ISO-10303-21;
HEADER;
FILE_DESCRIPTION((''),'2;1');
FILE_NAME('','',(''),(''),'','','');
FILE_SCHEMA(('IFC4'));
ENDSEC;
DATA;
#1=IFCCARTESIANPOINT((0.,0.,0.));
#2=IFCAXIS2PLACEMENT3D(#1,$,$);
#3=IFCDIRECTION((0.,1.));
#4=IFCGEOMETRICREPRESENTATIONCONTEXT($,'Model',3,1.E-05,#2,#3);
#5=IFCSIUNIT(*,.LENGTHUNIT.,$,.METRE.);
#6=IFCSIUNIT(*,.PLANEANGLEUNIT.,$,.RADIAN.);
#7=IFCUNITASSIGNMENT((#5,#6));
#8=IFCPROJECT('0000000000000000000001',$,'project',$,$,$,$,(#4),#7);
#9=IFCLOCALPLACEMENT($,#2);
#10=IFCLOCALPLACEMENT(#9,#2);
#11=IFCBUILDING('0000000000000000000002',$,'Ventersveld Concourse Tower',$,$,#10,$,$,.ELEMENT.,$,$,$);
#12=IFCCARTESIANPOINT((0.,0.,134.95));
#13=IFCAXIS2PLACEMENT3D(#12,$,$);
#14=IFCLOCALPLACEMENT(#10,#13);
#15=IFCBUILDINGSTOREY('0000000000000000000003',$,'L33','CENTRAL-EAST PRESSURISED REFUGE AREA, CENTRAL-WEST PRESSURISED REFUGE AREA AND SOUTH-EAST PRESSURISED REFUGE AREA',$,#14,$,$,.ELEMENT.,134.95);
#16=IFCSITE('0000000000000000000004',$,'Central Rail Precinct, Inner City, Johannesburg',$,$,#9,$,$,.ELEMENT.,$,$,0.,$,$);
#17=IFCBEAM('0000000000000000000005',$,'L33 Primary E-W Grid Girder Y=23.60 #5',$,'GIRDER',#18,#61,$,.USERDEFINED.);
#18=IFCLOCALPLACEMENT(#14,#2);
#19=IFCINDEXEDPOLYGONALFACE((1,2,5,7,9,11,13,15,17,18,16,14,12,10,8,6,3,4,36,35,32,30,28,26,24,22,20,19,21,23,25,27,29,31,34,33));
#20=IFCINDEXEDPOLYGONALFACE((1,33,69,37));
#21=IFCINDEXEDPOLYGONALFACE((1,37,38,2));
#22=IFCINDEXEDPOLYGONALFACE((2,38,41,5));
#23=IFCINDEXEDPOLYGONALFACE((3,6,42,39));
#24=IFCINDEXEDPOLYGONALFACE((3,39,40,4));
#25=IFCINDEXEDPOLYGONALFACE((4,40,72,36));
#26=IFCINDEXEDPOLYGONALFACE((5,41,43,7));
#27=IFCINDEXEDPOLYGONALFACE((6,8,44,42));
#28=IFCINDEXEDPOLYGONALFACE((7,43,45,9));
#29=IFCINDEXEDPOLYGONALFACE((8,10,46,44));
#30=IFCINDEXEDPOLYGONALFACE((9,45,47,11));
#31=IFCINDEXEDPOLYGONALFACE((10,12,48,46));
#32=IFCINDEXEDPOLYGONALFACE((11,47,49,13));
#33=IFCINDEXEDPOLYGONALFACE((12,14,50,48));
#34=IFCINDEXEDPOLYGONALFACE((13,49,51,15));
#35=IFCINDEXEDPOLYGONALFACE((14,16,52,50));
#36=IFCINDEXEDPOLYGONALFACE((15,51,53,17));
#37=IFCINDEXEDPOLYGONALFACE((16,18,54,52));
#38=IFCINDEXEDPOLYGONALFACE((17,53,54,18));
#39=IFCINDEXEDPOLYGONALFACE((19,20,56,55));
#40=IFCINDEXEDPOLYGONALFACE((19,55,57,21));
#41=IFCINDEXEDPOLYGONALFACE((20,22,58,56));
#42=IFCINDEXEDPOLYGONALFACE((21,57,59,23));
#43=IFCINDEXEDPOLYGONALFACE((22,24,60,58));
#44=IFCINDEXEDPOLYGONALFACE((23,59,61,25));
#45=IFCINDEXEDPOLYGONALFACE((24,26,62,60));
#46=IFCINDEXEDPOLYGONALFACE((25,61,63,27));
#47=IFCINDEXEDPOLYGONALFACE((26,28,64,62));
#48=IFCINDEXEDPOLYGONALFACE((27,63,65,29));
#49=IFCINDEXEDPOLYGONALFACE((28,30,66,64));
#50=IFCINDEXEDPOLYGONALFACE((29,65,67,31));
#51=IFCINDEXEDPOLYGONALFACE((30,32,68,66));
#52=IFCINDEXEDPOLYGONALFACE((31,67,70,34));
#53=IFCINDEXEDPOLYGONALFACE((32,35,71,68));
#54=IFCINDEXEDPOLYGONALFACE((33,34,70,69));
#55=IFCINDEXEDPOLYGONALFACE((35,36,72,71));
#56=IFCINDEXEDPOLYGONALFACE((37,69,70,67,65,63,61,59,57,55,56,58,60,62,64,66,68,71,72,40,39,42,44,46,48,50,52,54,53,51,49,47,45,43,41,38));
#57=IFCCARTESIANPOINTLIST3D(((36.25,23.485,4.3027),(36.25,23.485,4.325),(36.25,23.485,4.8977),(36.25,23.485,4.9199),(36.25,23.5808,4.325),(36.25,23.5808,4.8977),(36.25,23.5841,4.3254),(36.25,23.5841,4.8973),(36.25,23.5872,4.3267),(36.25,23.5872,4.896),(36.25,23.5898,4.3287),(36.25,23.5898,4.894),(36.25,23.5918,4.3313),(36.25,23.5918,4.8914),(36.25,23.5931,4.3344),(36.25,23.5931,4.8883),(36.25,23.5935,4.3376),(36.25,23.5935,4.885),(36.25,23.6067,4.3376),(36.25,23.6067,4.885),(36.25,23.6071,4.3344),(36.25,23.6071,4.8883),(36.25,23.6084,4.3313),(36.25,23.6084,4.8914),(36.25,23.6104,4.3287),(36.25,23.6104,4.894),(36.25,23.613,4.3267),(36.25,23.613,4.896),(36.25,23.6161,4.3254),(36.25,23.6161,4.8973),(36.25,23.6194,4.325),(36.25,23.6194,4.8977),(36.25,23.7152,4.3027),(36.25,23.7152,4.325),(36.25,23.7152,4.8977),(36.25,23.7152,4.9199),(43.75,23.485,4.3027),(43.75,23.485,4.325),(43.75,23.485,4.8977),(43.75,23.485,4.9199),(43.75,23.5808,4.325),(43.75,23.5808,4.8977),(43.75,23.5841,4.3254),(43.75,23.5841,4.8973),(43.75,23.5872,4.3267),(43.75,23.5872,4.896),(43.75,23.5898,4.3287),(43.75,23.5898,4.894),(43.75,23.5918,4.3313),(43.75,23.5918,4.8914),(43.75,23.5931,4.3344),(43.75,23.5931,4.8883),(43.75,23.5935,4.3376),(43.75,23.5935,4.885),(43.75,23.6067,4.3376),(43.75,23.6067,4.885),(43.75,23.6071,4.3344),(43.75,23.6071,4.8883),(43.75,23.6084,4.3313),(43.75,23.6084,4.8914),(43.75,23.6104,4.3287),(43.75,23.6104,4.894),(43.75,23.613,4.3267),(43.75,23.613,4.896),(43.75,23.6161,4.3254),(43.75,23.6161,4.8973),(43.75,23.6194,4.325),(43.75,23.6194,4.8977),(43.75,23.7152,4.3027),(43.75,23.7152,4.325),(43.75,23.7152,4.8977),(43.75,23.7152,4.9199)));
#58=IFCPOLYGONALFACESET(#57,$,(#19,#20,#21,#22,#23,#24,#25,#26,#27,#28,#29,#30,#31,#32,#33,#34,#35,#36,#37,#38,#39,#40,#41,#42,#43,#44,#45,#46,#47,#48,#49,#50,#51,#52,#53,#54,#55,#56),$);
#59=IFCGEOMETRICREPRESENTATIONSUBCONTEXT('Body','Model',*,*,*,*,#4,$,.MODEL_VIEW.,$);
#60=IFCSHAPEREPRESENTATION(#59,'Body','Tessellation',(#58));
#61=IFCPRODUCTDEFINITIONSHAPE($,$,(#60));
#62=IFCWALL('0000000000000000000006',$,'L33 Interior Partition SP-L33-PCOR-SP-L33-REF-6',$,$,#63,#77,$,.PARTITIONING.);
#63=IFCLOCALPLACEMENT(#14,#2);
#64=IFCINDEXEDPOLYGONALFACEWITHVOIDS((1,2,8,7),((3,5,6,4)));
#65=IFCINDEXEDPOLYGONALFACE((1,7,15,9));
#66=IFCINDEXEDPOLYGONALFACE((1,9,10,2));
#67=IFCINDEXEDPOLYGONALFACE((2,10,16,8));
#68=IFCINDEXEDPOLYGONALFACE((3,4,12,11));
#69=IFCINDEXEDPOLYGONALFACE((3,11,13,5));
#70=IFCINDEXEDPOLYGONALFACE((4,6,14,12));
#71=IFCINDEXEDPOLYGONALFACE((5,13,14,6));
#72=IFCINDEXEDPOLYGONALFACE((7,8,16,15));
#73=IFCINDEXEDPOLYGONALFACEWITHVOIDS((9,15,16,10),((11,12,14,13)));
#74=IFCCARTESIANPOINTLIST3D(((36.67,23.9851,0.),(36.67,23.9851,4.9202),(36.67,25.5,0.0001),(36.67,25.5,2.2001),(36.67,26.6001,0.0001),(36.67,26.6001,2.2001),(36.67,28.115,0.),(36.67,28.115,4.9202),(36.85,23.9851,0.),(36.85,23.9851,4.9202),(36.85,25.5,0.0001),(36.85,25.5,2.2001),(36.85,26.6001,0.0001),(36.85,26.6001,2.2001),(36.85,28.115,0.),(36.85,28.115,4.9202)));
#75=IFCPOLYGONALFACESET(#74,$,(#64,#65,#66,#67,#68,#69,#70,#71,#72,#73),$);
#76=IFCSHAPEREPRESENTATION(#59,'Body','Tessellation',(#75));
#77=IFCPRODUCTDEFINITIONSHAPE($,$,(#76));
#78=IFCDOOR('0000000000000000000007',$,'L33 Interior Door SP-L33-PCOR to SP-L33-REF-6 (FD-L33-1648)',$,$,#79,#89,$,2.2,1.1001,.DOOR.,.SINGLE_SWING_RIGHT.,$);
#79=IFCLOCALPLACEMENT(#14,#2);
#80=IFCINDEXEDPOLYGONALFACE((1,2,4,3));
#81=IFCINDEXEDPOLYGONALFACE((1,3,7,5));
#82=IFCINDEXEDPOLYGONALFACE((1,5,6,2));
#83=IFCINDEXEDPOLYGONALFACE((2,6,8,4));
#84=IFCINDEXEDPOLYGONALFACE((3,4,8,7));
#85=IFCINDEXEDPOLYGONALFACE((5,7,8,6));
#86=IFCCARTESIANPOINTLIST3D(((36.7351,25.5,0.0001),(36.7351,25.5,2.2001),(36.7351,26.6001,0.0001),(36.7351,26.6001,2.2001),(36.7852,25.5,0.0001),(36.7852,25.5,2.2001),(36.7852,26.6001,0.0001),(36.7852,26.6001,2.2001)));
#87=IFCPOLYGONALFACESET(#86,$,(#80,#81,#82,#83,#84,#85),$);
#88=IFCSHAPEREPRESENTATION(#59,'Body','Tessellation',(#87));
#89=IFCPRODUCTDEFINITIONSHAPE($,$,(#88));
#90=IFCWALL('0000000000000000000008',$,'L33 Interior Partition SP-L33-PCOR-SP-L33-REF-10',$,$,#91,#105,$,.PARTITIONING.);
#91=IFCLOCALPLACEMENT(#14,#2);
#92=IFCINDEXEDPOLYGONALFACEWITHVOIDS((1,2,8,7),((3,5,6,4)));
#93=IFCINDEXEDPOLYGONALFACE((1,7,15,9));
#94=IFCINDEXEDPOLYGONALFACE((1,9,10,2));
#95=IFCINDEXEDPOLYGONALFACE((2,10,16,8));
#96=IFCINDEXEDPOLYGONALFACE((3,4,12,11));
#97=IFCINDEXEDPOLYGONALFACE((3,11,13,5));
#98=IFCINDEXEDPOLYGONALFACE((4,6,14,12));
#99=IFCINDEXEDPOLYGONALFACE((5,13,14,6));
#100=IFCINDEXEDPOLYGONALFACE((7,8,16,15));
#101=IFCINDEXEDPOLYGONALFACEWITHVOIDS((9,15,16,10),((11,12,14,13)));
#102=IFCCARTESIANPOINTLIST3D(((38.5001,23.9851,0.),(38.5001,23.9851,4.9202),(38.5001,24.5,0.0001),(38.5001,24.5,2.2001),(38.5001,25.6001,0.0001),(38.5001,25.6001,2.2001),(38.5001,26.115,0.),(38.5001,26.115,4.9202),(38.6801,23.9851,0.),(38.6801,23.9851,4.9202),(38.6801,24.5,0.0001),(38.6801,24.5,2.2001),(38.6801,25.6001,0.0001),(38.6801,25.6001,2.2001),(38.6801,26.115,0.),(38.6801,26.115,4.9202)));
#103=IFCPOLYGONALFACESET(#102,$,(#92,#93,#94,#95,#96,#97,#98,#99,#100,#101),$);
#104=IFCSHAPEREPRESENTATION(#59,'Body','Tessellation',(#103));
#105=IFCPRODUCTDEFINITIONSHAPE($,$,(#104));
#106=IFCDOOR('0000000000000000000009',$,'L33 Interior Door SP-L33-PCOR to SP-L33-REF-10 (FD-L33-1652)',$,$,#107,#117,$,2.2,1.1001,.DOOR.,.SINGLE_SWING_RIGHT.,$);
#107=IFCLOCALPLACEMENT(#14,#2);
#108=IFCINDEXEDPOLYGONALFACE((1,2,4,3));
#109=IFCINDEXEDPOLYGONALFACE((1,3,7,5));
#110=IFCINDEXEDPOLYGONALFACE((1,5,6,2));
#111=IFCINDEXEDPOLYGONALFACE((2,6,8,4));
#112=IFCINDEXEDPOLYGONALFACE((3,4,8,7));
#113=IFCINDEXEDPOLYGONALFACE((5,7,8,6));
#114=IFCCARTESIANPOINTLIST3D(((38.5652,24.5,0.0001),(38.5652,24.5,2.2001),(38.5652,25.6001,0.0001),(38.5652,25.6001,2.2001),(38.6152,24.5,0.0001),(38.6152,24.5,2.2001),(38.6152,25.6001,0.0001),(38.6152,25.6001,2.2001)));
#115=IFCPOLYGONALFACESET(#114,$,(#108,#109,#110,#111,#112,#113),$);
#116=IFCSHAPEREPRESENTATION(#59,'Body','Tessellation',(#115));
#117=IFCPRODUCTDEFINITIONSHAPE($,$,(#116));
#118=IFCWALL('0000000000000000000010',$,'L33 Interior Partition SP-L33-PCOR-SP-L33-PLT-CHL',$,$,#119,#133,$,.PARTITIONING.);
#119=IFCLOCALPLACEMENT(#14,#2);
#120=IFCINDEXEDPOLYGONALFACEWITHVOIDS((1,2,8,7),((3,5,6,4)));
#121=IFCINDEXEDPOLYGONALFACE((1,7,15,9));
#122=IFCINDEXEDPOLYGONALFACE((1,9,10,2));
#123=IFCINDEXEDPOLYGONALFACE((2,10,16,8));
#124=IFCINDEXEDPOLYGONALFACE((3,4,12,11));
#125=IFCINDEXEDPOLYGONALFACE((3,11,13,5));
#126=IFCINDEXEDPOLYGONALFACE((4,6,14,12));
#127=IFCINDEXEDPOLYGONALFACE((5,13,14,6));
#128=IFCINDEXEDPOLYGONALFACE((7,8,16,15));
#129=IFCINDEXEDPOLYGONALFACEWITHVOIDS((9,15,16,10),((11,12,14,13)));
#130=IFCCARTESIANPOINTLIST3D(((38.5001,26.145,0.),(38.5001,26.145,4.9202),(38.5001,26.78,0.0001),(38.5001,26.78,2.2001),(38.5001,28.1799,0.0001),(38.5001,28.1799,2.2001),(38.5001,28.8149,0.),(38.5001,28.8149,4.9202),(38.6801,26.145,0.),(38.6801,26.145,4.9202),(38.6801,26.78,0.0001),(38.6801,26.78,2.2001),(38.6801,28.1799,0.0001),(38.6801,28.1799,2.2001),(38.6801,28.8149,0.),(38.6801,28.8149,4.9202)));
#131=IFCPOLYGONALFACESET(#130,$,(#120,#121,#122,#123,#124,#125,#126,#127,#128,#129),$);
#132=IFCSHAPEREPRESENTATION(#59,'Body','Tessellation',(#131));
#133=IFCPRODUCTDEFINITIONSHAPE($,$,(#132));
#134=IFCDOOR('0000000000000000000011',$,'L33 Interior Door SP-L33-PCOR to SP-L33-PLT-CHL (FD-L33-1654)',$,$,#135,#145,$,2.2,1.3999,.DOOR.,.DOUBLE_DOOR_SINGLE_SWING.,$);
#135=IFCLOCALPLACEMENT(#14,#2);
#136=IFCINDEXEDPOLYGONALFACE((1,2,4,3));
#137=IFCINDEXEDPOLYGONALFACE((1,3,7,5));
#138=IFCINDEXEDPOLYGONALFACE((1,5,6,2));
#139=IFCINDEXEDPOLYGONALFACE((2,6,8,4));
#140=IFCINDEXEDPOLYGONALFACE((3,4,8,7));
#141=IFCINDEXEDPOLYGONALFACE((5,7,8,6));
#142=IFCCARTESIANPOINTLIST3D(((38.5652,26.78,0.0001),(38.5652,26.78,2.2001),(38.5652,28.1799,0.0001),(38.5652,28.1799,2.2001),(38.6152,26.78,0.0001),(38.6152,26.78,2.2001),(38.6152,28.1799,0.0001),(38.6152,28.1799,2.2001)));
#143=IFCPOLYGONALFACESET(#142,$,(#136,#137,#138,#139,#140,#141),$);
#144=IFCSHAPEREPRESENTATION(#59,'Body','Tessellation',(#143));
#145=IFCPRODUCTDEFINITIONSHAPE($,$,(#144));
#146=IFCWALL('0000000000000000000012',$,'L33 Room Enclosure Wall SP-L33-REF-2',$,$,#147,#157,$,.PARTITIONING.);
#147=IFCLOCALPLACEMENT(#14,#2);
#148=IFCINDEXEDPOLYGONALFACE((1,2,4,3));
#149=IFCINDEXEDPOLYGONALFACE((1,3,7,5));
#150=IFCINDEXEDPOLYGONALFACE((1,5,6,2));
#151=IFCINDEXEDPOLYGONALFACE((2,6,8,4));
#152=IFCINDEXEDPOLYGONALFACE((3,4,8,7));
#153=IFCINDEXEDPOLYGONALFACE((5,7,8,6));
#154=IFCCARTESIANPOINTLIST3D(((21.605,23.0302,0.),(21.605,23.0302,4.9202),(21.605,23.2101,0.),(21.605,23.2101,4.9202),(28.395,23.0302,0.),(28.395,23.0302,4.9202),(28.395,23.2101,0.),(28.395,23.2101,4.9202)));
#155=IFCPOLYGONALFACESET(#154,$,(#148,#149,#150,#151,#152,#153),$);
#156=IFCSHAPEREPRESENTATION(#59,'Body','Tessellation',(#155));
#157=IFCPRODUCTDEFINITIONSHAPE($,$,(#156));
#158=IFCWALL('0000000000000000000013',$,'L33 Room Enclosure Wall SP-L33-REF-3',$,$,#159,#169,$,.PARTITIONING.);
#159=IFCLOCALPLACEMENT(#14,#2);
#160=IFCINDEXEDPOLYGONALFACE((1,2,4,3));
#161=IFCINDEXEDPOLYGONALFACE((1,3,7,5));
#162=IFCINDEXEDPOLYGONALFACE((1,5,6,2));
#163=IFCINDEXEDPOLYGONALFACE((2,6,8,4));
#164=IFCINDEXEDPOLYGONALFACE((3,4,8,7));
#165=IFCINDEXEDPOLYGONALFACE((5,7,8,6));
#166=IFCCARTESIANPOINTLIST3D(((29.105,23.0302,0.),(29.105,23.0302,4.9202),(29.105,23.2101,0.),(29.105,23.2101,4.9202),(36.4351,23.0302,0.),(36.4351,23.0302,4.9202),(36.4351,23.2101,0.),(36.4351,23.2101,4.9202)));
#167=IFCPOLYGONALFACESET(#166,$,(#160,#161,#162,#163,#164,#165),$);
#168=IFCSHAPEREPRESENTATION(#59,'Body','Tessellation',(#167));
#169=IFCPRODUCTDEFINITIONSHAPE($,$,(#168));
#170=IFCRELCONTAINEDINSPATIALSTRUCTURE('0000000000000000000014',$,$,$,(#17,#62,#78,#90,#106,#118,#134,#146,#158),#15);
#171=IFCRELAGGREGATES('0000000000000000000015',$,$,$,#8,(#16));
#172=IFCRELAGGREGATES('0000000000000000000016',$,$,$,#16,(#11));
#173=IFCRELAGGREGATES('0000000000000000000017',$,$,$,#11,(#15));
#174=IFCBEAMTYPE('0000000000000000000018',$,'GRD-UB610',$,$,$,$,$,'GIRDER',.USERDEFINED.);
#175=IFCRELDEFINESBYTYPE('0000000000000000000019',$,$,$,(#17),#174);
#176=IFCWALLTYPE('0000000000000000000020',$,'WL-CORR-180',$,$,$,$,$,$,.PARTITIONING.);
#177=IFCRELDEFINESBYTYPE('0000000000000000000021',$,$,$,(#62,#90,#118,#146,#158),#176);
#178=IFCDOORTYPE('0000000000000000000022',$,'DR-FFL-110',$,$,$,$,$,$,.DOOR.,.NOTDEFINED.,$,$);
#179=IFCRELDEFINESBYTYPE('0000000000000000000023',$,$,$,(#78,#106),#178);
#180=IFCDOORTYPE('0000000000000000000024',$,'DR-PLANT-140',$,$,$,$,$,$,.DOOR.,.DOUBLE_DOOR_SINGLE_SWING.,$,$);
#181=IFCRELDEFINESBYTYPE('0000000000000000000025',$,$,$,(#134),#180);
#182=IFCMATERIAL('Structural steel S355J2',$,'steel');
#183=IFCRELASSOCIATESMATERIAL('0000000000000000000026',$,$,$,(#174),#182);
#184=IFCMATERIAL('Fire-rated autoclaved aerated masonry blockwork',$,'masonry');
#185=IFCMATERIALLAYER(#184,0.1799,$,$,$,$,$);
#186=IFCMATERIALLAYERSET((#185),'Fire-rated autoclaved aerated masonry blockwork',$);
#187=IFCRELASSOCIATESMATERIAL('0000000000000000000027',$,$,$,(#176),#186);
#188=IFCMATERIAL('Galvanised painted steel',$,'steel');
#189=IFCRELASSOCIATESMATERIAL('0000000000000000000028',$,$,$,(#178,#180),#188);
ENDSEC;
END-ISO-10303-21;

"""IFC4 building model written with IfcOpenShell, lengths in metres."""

from ifc_helpers import new_model, si_unit, direction, frame, frame_2d, origin, origin_2d, place, context, subcontext, project, spatial, rectangle, i_section, extrude, material, layer, layer_set, material_profile, profile_set, type_object, element, fill, save


model = new_model("IFC4")

# Units and contexts
model_context = context("Model", 3, precision=1e-05, world=origin(), true_north=direction((0.0, 1.0)))
body_context = subcontext(model_context, "Body", "Model", "MODEL_VIEW")
ifc_project = project(units=[si_unit("LENGTHUNIT", "METRE"), si_unit("PLANEANGLEUNIT", "RADIAN")], contexts=[model_context])

# Site, building, storey
site_placement = place(None, origin())
site = spatial("IfcSite", under=ifc_project, at=site_placement, Name="Central Rail Precinct, Inner City, Johannesburg", CompositionType="ELEMENT", RefElevation=0.0)
building_placement = place(site_placement, origin())
building = spatial("IfcBuilding", under=site, at=building_placement, Name="Ventersveld Concourse Tower", CompositionType="ELEMENT")
storey_placement = place(building_placement, frame((0.0, 0.0, 134.95)))
storey = spatial("IfcBuildingStorey", under=building, at=storey_placement, Name="L33", Description="CENTRAL-EAST PRESSURISED REFUGE AREA, CENTRAL-WEST PRESSURISED REFUGE AREA AND SOUTH-EAST PRESSURISED REFUGE AREA", CompositionType="ELEMENT", Elevation=134.95)

# Beam
ifc_material_1 = material(Name="Structural steel S355J2", Category="steel")
ifc_material_profile_1 = material_profile(ifc_material_1, i_section(OverallWidth=0.2302, OverallDepth=0.6172, WebThickness=0.0132, FlangeThickness=0.0222, FilletRadius=0.0127, at=origin_2d()), Name="UB 610x229x140")
ifc_profile_set_1 = profile_set([ifc_material_profile_1], Name="Structural steel S355J2")
beam_type_1 = type_object("IfcBeamType", Name="GRD-UB610", ElementType="GIRDER", PredefinedType="USERDEFINED", material=ifc_profile_set_1)
for number, where, z_axis, x_axis, name in (
    (1, (36.25, 23.6001, 4.6113), (1.0, 0.0, 0.0), (0.0, 1.0, 0.0), "L33 Primary E-W Grid Girder Y=23.60 #5"),
):
    element("IfcBeam", number, at=place(storey_placement, frame(where, z_axis=z_axis, x_axis=x_axis)), inside=storey, type_object=beam_type_1, Name=name, ObjectType="GIRDER", PredefinedType="USERDEFINED", context=body_context, shape_type="SweptSolid", body=[
        extrude(i_section(OverallWidth=0.2302, OverallDepth=0.6172, WebThickness=0.0132, FlangeThickness=0.0222, FilletRadius=0.0127, at=origin_2d()), origin(), (0.0, 0.0, 1.0), 7.5),
    ])

# Walls, openings, doors
ifc_material_2 = material(Name="Fire-rated autoclaved aerated masonry blockwork", Category="masonry")
ifc_layer_1 = layer(ifc_material_2, 0.1799)
ifc_layer_set_1 = layer_set([ifc_layer_1], Name="Fire-rated autoclaved aerated masonry blockwork")
wall_type_1 = type_object("IfcWallType", Name="WL-CORR-180", PredefinedType="PARTITIONING", material=ifc_layer_set_1)
wall_1_placement = place(storey_placement, frame((36.76, 23.9851, 0.0), z_axis=(0.0, 0.0, 1.0), x_axis=(0.0, 1.0, 0.0)))
wall_1 = element("IfcWall", 2, at=wall_1_placement, inside=storey, type_object=wall_type_1, Name="L33 Interior Partition SP-L33-PCOR-SP-L33-REF-6", PredefinedType="PARTITIONING", context=body_context, shape_type="SweptSolid", body=[
    extrude(rectangle(XDim=4.1299, YDim=0.1799, at=frame_2d((2.0649, 0.0))), origin(), (0.0, 0.0, 1.0), 4.9202),
])
opening_1_placement = place(wall_1_placement, frame((1.5149, 0.0, 0.0)))
opening_1 = element("IfcOpeningElement", 3, at=opening_1_placement, cuts=wall_1, PredefinedType="OPENING", context=body_context, shape_type="SweptSolid", body=[
    extrude(rectangle(XDim=1.1001, YDim=2.2, at=frame_2d((0.55, 1.1001))), frame((0.0, 0.1001, 0.0), z_axis=(0.0, -1.0, 0.0), x_axis=(1.0, 0.0, 0.0)), (0.0, 0.0, 1.0), 0.2),
])
ifc_material_3 = material(Name="Galvanised painted steel", Category="steel")
door_type_1 = type_object("IfcDoorType", Name="DR-FFL-110", OperationType="NOTDEFINED", PredefinedType="DOOR", material=ifc_material_3)
door_1_placement = place(opening_1_placement, origin())
door_1 = element("IfcDoor", 4, at=door_1_placement, inside=storey, type_object=door_type_1, Name="L33 Interior Door SP-L33-PCOR to SP-L33-REF-6 (FD-L33-1648)", OperationType="SINGLE_SWING_RIGHT", OverallHeight=2.2, OverallWidth=1.1001, PredefinedType="DOOR", context=body_context, shape_type="SweptSolid", body=[
    extrude(rectangle(XDim=1.1001, YDim=2.2, at=frame_2d((0.55, 1.1001))), frame((0.0, 0.0249, 0.0), z_axis=(0.0, -1.0, 0.0), x_axis=(1.0, 0.0, 0.0)), (0.0, 0.0, 1.0), 0.05),
])
fill(opening_1, door_1)
wall_2_placement = place(storey_placement, frame((38.5901, 23.9851, 0.0), z_axis=(0.0, 0.0, 1.0), x_axis=(0.0, 1.0, 0.0)))
wall_2 = element("IfcWall", 5, at=wall_2_placement, inside=storey, type_object=wall_type_1, Name="L33 Interior Partition SP-L33-PCOR-SP-L33-REF-10", PredefinedType="PARTITIONING", context=body_context, shape_type="SweptSolid", body=[
    extrude(rectangle(XDim=2.1299, YDim=0.1799, at=frame_2d((1.0649, 0.0))), origin(), (0.0, 0.0, 1.0), 4.9202),
])
opening_2_placement = place(wall_2_placement, frame((0.5149, 0.0, 0.0)))
opening_2 = element("IfcOpeningElement", 6, at=opening_2_placement, cuts=wall_2, PredefinedType="OPENING", context=body_context, shape_type="SweptSolid", body=[
    extrude(rectangle(XDim=1.1001, YDim=2.2, at=frame_2d((0.55, 1.1001))), frame((0.0, 0.1001, 0.0), z_axis=(0.0, -1.0, 0.0), x_axis=(1.0, 0.0, 0.0)), (0.0, 0.0, 1.0), 0.2),
])
door_2_placement = place(opening_2_placement, origin())
door_2 = element("IfcDoor", 7, at=door_2_placement, inside=storey, type_object=door_type_1, Name="L33 Interior Door SP-L33-PCOR to SP-L33-REF-10 (FD-L33-1652)", OperationType="SINGLE_SWING_RIGHT", OverallHeight=2.2, OverallWidth=1.1001, PredefinedType="DOOR", context=body_context, shape_type="SweptSolid", body=[
    extrude(rectangle(XDim=1.1001, YDim=2.2, at=frame_2d((0.55, 1.1001))), frame((0.0, 0.0249, 0.0), z_axis=(0.0, -1.0, 0.0), x_axis=(1.0, 0.0, 0.0)), (0.0, 0.0, 1.0), 0.05),
])
fill(opening_2, door_2)
wall_3_placement = place(storey_placement, frame((38.5901, 26.145, 0.0), z_axis=(0.0, 0.0, 1.0), x_axis=(0.0, 1.0, 0.0)))
wall_3 = element("IfcWall", 8, at=wall_3_placement, inside=storey, type_object=wall_type_1, Name="L33 Interior Partition SP-L33-PCOR-SP-L33-PLT-CHL", PredefinedType="PARTITIONING", context=body_context, shape_type="SweptSolid", body=[
    extrude(rectangle(XDim=2.6699, YDim=0.1799, at=frame_2d((1.335, 0.0))), origin(), (0.0, 0.0, 1.0), 4.9202),
])
opening_3_placement = place(wall_3_placement, frame((0.635, 0.0, 0.0)))
opening_3 = element("IfcOpeningElement", 9, at=opening_3_placement, cuts=wall_3, PredefinedType="OPENING", context=body_context, shape_type="SweptSolid", body=[
    extrude(rectangle(XDim=1.3999, YDim=2.2, at=frame_2d((0.7, 1.1001))), frame((0.0, 0.1001, 0.0), z_axis=(0.0, -1.0, 0.0), x_axis=(1.0, 0.0, 0.0)), (0.0, 0.0, 1.0), 0.2),
])
door_type_2 = type_object("IfcDoorType", Name="DR-PLANT-140", OperationType="DOUBLE_DOOR_SINGLE_SWING", PredefinedType="DOOR", material=ifc_material_3)
door_3_placement = place(opening_3_placement, origin())
door_3 = element("IfcDoor", 10, at=door_3_placement, inside=storey, type_object=door_type_2, Name="L33 Interior Door SP-L33-PCOR to SP-L33-PLT-CHL (FD-L33-1654)", OperationType="DOUBLE_DOOR_SINGLE_SWING", OverallHeight=2.2, OverallWidth=1.3999, PredefinedType="DOOR", context=body_context, shape_type="SweptSolid", body=[
    extrude(rectangle(XDim=1.3999, YDim=2.2, at=frame_2d((0.7, 1.1001))), frame((0.0, 0.0249, 0.0), z_axis=(0.0, -1.0, 0.0), x_axis=(1.0, 0.0, 0.0)), (0.0, 0.0, 1.0), 0.05),
])
fill(opening_3, door_3)

# Walls
wall_4_placement = place(storey_placement, frame((28.395, 23.1201, 0.0), z_axis=(0.0, 0.0, 1.0), x_axis=(-1.0, 0.0, 0.0)))
element("IfcWall", 11, at=wall_4_placement, inside=storey, type_object=wall_type_1, Name="L33 Room Enclosure Wall SP-L33-REF-2", PredefinedType="PARTITIONING", context=body_context, shape_type="SweptSolid", body=[
    extrude(rectangle(XDim=6.79, YDim=0.1799, at=frame_2d((3.395, 0.0))), origin(), (0.0, 0.0, 1.0), 4.9202),
])
wall_5_placement = place(storey_placement, frame((36.4351, 23.1201, 0.0), z_axis=(0.0, 0.0, 1.0), x_axis=(-1.0, 0.0, 0.0)))
element("IfcWall", 12, at=wall_5_placement, inside=storey, type_object=wall_type_1, Name="L33 Room Enclosure Wall SP-L33-REF-3", PredefinedType="PARTITIONING", context=body_context, shape_type="SweptSolid", body=[
    extrude(rectangle(XDim=7.3301, YDim=0.1799, at=frame_2d((3.665, 0.0))), origin(), (0.0, 0.0, 1.0), 4.9202),
])

save(model, "model.ifc")
